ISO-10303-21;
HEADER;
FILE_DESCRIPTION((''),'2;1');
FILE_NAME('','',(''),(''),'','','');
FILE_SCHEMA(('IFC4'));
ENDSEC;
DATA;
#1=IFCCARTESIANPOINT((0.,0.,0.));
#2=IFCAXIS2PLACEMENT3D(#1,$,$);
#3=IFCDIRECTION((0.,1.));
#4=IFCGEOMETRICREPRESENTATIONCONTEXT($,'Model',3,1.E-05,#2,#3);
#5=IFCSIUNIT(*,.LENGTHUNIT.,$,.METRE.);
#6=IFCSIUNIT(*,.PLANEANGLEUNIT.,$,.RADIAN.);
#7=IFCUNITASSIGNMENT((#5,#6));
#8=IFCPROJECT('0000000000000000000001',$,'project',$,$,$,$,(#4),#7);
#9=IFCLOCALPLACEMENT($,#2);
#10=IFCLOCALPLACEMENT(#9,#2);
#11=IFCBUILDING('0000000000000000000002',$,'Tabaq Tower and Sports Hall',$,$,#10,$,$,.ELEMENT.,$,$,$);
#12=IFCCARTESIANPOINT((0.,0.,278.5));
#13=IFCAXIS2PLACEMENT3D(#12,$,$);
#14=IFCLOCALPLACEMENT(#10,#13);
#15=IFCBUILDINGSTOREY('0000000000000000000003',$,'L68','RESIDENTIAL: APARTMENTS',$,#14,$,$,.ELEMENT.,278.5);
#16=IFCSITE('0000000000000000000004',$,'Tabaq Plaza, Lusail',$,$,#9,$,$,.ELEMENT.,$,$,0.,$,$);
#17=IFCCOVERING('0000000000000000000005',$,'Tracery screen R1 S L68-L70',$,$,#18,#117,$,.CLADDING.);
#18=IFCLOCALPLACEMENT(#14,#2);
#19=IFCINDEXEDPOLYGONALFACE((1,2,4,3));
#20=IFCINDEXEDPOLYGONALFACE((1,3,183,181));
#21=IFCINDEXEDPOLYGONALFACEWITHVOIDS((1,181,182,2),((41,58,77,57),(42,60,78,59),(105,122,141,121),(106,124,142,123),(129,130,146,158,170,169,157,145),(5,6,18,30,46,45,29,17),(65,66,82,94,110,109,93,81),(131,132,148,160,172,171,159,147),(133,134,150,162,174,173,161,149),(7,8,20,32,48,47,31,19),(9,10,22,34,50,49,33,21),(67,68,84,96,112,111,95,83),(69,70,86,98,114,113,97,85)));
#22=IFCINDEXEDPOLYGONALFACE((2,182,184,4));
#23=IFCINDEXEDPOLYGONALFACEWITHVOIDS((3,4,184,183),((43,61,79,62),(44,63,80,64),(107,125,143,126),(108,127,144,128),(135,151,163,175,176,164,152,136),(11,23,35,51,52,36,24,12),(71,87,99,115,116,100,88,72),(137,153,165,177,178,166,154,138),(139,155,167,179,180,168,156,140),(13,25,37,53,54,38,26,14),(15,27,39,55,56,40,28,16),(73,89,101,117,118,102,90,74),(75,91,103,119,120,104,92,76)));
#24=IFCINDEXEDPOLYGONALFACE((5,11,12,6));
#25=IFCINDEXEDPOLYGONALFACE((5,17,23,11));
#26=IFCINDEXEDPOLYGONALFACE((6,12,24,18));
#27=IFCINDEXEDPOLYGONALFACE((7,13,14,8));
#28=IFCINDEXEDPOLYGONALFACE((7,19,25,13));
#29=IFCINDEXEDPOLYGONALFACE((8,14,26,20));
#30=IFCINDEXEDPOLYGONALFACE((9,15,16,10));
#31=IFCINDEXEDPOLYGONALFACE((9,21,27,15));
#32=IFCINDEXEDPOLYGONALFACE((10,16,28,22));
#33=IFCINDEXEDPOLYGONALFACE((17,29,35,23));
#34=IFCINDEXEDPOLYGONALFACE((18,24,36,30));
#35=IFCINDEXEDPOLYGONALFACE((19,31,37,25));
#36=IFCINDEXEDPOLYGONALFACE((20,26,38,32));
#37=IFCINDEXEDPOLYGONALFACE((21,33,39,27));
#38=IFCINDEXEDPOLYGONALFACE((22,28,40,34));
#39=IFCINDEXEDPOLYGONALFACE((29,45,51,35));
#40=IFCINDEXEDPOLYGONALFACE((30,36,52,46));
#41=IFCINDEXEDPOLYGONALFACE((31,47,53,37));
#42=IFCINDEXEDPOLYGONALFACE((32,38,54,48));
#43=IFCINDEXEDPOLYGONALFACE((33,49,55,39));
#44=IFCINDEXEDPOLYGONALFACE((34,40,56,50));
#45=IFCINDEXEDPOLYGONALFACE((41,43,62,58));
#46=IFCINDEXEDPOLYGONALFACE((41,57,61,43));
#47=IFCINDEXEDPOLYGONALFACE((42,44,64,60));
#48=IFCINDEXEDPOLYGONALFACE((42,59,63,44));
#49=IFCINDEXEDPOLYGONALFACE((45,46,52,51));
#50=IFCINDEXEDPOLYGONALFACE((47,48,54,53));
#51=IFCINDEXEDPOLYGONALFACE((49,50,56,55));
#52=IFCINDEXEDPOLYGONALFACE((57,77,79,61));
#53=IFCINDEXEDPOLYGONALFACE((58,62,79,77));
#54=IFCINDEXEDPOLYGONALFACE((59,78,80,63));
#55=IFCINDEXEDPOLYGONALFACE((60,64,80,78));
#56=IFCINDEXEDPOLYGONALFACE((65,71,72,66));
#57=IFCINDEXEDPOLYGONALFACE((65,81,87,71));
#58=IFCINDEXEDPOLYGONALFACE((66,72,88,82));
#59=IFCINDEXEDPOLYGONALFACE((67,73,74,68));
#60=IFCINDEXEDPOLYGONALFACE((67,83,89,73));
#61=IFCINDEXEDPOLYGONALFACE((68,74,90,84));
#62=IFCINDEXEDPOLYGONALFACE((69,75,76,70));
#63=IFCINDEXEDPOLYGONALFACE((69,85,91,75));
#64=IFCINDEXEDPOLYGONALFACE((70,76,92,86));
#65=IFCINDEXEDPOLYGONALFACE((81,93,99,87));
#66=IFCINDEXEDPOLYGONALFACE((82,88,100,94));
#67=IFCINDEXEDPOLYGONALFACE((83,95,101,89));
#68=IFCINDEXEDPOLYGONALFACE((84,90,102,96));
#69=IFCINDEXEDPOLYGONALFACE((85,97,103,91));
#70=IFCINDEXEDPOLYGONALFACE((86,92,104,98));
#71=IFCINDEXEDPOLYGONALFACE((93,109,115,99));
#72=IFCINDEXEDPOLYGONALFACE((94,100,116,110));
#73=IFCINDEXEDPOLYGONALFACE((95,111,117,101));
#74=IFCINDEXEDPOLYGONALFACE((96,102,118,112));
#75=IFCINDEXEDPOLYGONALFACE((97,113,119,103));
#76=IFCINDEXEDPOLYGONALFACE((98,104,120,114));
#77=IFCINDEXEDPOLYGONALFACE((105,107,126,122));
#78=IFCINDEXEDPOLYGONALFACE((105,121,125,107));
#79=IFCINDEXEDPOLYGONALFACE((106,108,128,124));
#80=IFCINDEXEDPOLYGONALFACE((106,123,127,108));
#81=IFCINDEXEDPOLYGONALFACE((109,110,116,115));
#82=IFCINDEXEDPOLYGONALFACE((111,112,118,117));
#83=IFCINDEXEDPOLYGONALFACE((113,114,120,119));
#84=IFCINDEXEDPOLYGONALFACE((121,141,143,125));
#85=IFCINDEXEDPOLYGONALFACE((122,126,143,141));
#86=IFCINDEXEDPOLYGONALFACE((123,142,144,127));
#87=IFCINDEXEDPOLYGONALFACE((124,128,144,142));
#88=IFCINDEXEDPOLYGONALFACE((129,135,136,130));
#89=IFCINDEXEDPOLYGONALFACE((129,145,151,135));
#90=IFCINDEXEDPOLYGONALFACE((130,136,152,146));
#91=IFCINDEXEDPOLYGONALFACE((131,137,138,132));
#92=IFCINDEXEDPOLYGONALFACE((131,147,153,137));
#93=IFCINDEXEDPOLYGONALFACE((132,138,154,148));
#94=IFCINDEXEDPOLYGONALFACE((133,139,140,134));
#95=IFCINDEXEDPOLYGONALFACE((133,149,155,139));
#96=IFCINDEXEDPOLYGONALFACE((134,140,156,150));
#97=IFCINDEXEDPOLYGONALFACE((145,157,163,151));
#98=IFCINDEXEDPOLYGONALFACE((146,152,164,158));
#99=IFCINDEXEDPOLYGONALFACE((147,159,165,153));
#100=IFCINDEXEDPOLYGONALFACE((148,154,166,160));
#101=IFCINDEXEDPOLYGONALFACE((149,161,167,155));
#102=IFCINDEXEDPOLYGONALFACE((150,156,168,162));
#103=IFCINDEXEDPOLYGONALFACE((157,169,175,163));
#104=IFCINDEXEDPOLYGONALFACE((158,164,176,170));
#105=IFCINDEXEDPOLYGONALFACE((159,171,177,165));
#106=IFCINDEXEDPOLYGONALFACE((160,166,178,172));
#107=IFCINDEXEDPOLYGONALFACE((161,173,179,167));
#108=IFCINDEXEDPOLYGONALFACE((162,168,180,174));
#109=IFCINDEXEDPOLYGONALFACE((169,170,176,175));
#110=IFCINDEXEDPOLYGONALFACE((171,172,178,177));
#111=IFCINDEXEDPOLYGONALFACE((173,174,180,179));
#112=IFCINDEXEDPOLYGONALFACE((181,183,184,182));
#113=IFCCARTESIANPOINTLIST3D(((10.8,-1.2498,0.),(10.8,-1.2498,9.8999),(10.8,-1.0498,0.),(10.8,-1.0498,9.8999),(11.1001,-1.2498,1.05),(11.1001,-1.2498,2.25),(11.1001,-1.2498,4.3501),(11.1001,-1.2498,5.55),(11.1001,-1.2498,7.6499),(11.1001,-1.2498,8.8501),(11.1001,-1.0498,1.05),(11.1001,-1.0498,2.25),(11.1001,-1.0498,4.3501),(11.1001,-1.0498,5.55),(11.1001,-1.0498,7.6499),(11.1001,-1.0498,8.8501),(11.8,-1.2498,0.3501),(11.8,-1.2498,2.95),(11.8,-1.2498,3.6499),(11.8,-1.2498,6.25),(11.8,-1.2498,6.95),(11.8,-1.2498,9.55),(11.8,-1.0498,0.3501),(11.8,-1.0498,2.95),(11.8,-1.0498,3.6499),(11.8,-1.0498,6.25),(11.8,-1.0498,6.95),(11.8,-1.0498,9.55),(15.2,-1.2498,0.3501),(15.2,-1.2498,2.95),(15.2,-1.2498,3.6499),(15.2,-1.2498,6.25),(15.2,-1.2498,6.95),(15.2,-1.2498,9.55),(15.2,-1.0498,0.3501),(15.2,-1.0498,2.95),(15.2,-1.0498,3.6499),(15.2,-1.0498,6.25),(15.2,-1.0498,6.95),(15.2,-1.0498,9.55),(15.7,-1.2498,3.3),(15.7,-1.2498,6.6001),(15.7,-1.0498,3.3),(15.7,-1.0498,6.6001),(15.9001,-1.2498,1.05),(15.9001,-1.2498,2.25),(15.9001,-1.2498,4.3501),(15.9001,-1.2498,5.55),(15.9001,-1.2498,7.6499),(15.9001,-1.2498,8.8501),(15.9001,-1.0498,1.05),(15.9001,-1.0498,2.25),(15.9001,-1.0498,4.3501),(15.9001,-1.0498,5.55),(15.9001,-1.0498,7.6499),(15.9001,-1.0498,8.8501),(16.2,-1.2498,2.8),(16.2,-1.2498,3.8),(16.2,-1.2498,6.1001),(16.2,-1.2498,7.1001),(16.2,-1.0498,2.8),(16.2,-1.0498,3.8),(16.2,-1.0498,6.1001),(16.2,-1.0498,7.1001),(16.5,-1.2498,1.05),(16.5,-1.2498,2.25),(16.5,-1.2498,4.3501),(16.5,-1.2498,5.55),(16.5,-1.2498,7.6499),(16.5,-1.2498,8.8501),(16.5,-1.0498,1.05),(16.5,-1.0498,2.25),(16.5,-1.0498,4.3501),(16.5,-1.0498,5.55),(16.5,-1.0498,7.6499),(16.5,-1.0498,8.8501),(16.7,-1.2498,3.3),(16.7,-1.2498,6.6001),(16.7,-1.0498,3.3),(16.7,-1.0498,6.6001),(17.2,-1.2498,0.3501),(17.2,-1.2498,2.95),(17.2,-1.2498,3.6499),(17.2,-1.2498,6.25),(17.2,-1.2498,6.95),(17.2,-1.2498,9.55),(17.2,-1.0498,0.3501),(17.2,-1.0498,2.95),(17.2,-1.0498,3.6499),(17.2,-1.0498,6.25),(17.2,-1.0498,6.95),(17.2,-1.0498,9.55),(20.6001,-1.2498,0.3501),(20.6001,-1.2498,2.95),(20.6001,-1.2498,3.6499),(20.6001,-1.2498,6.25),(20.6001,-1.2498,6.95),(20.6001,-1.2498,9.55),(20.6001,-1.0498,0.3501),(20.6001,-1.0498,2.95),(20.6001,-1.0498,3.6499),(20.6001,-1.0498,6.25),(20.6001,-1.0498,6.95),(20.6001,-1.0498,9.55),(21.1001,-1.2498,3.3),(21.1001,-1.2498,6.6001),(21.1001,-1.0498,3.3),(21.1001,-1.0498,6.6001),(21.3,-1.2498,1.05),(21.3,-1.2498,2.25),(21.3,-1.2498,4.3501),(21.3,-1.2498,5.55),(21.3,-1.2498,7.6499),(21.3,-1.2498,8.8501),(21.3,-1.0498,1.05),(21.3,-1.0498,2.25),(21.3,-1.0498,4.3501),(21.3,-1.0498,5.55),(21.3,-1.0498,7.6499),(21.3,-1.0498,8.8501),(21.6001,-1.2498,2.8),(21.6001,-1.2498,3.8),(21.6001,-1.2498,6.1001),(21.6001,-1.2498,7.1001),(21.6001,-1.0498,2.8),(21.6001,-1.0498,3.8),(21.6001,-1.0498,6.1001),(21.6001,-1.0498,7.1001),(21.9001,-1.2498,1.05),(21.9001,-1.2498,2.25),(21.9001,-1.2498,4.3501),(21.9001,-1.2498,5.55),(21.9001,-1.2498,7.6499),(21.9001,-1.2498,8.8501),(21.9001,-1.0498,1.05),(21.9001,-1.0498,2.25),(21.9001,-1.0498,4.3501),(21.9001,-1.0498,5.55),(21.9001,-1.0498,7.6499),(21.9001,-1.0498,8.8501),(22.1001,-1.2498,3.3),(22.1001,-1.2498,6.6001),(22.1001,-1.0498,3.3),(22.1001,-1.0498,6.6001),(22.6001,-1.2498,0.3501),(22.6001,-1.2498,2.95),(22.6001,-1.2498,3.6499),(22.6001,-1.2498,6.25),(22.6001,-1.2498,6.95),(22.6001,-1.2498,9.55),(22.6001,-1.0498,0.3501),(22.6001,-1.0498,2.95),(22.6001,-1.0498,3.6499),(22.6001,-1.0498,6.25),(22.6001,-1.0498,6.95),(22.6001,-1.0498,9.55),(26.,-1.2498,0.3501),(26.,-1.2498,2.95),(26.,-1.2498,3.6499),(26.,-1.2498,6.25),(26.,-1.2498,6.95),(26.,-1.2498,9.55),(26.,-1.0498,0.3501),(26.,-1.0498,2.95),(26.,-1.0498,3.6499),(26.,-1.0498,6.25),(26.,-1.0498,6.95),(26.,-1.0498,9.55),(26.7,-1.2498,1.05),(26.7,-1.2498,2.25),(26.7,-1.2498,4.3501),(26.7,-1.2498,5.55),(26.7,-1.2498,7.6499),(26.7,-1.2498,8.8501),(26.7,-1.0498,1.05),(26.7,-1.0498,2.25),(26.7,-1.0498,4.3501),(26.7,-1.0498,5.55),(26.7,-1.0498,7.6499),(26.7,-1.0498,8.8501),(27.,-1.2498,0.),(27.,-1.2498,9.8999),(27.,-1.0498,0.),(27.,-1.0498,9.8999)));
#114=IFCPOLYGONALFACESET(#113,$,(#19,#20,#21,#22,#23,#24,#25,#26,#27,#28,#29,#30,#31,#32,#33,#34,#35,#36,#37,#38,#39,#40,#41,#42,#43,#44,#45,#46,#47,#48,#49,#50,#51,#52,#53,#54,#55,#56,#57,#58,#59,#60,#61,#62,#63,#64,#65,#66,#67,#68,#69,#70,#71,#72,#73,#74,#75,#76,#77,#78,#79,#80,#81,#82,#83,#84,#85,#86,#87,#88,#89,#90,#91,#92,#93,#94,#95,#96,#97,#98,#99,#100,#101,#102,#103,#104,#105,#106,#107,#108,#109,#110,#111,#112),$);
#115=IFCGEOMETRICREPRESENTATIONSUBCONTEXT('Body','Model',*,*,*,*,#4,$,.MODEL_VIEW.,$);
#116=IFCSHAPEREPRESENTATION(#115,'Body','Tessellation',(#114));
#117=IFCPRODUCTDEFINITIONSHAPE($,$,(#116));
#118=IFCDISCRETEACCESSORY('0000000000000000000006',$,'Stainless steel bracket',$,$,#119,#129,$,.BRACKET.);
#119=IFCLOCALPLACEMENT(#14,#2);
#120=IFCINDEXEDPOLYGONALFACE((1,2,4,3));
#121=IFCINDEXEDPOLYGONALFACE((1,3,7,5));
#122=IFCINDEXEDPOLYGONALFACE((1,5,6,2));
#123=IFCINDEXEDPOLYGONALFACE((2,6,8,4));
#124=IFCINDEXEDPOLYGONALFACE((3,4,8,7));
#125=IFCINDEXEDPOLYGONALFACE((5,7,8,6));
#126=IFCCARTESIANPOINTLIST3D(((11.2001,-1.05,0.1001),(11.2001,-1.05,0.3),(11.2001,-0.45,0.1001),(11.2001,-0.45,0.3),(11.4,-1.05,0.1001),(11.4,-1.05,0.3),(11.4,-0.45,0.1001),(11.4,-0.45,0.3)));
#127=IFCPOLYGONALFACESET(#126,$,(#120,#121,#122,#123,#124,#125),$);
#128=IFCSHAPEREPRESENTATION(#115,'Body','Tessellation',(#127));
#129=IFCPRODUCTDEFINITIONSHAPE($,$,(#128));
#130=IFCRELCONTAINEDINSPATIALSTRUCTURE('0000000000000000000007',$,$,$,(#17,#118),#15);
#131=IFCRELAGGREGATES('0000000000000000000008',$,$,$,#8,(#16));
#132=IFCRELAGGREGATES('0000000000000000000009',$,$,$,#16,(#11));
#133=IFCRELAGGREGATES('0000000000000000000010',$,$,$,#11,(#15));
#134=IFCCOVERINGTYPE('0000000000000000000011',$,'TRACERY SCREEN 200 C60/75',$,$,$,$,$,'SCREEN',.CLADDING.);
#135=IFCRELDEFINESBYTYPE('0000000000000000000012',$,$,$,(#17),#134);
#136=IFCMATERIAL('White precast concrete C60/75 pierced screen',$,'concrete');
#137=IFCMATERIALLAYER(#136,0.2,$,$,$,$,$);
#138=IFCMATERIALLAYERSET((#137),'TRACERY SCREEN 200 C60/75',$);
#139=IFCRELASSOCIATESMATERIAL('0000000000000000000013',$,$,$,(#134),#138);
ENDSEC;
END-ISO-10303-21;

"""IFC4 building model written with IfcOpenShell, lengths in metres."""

from ifc_helpers import new_model, si_unit, direction, frame, origin, origin_2d, place, context, subcontext, project, spatial, polyline, rectangle, outline, extrude, material, layer, layer_set, type_object, element, save


model = new_model("IFC4")

# Units and contexts
model_context = context("Model", 3, precision=1e-05, world=origin(), true_north=direction((0.0, 1.0)))
body_context = subcontext(model_context, "Body", "Model", "MODEL_VIEW")
ifc_project = project(units=[si_unit("LENGTHUNIT", "METRE"), si_unit("PLANEANGLEUNIT", "RADIAN")], contexts=[model_context])

# Site, building, storey
site_placement = place(None, origin())
site = spatial("IfcSite", under=ifc_project, at=site_placement, Name="Tabaq Plaza, Lusail", CompositionType="ELEMENT", RefElevation=0.0)
building_placement = place(site_placement, origin())
building = spatial("IfcBuilding", under=site, at=building_placement, Name="Tabaq Tower and Sports Hall", CompositionType="ELEMENT")
storey_placement = place(building_placement, frame((0.0, 0.0, 278.5)))
storey = spatial("IfcBuildingStorey", under=building, at=storey_placement, Name="L68", Description="RESIDENTIAL: APARTMENTS", CompositionType="ELEMENT", Elevation=278.5)

# Covering
ifc_material_1 = material(Name="White precast concrete C60/75 pierced screen", Category="concrete")
ifc_layer_1 = layer(ifc_material_1, 0.2)
ifc_layer_set_1 = layer_set([ifc_layer_1], Name="TRACERY SCREEN 200 C60/75")
covering_type_1 = type_object("IfcCoveringType", Name="TRACERY SCREEN 200 C60/75", ElementType="SCREEN", PredefinedType="CLADDING", material=ifc_layer_set_1)
covering_1_placement = place(storey_placement, frame((10.8, -1.1499, 0.0), z_axis=(0.0, 0.0, 1.0), x_axis=(1.0, 0.0, 0.0)))
element("IfcCovering", 1, at=covering_1_placement, inside=storey, type_object=covering_type_1, Name="Tracery screen R1 S L68-L70", PredefinedType="CLADDING", context=body_context, shape_type="SweptSolid", body=[
    extrude(outline(polyline([(0.0, 0.0), (16.2, 0.0), (16.2, 9.8999), (0.0, 9.8999), (0.0, 0.0)]), holes=[polyline([(1.0, 0.3501), (4.3999, 0.3501), (5.1001, 1.05), (5.1001, 2.25), (4.3999, 2.95), (1.0, 2.95), (0.3, 2.25), (0.3, 1.05), (1.0, 0.3501)]), polyline([(6.3999, 0.3501), (9.8, 0.3501), (10.5, 1.05), (10.5, 2.25), (9.8, 2.95), (6.3999, 2.95), (5.7, 2.25), (5.7, 1.05), (6.3999, 0.3501)]), polyline([(11.8, 0.3501), (15.2, 0.3501), (15.8999, 1.05), (15.8999, 2.25), (15.2, 2.95), (11.8, 2.95), (11.1001, 2.25), (11.1001, 1.05), (11.8, 0.3501)]), polyline([(1.0, 3.6499), (4.3999, 3.6499), (5.1001, 4.3501), (5.1001, 5.55), (4.3999, 6.25), (1.0, 6.25), (0.3, 5.55), (0.3, 4.3501), (1.0, 3.6499)]), polyline([(6.3999, 3.6499), (9.8, 3.6499), (10.5, 4.3501), (10.5, 5.55), (9.8, 6.25), (6.3999, 6.25), (5.7, 5.55), (5.7, 4.3501), (6.3999, 3.6499)]), polyline([(11.8, 3.6499), (15.2, 3.6499), (15.8999, 4.3501), (15.8999, 5.55), (15.2, 6.25), (11.8, 6.25), (11.1001, 5.55), (11.1001, 4.3501), (11.8, 3.6499)]), polyline([(1.0, 6.95), (4.3999, 6.95), (5.1001, 7.6499), (5.1001, 8.8501), (4.3999, 9.55), (1.0, 9.55), (0.3, 8.8501), (0.3, 7.6499), (1.0, 6.95)]), polyline([(6.3999, 6.95), (9.8, 6.95), (10.5, 7.6499), (10.5, 8.8501), (9.8, 9.55), (6.3999, 9.55), (5.7, 8.8501), (5.7, 7.6499), (6.3999, 6.95)]), polyline([(11.8, 6.95), (15.2, 6.95), (15.8999, 7.6499), (15.8999, 8.8501), (15.2, 9.55), (11.8, 9.55), (11.1001, 8.8501), (11.1001, 7.6499), (11.8, 6.95)]), polyline([(5.8999, 3.3), (5.3999, 3.8), (4.8999, 3.3), (5.3999, 2.8), (5.8999, 3.3)]), polyline([(11.3, 3.3), (10.8, 3.8), (10.3, 3.3), (10.8, 2.8), (11.3, 3.3)]), polyline([(5.8999, 6.6001), (5.3999, 7.1001), (4.8999, 6.6001), (5.3999, 6.1001), (5.8999, 6.6001)]), polyline([(11.3, 6.6001), (10.8, 7.1001), (10.3, 6.6001), (10.8, 6.1001), (11.3, 6.6001)])]), frame((0.0, 0.1001, 0.0), z_axis=(0.0, -1.0, 0.0), x_axis=(1.0, 0.0, 0.0)), (0.0, 0.0, 1.0), 0.2),
])

# Discrete accessory
discrete_accessory_placement = place(storey_placement, frame((11.3, -0.75, 0.1001), z_axis=(0.0, 0.0, 1.0), x_axis=(0.0, -1.0, 0.0)))
element("IfcDiscreteAccessory", 2, at=discrete_accessory_placement, inside=storey, Name="Stainless steel bracket", PredefinedType="BRACKET", context=body_context, shape_type="SweptSolid", body=[
    extrude(rectangle(XDim=0.6001, YDim=0.2, at=origin_2d()), origin(), (0.0, 0.0, 1.0), 0.2),
])

save(model, "model.ifc")
